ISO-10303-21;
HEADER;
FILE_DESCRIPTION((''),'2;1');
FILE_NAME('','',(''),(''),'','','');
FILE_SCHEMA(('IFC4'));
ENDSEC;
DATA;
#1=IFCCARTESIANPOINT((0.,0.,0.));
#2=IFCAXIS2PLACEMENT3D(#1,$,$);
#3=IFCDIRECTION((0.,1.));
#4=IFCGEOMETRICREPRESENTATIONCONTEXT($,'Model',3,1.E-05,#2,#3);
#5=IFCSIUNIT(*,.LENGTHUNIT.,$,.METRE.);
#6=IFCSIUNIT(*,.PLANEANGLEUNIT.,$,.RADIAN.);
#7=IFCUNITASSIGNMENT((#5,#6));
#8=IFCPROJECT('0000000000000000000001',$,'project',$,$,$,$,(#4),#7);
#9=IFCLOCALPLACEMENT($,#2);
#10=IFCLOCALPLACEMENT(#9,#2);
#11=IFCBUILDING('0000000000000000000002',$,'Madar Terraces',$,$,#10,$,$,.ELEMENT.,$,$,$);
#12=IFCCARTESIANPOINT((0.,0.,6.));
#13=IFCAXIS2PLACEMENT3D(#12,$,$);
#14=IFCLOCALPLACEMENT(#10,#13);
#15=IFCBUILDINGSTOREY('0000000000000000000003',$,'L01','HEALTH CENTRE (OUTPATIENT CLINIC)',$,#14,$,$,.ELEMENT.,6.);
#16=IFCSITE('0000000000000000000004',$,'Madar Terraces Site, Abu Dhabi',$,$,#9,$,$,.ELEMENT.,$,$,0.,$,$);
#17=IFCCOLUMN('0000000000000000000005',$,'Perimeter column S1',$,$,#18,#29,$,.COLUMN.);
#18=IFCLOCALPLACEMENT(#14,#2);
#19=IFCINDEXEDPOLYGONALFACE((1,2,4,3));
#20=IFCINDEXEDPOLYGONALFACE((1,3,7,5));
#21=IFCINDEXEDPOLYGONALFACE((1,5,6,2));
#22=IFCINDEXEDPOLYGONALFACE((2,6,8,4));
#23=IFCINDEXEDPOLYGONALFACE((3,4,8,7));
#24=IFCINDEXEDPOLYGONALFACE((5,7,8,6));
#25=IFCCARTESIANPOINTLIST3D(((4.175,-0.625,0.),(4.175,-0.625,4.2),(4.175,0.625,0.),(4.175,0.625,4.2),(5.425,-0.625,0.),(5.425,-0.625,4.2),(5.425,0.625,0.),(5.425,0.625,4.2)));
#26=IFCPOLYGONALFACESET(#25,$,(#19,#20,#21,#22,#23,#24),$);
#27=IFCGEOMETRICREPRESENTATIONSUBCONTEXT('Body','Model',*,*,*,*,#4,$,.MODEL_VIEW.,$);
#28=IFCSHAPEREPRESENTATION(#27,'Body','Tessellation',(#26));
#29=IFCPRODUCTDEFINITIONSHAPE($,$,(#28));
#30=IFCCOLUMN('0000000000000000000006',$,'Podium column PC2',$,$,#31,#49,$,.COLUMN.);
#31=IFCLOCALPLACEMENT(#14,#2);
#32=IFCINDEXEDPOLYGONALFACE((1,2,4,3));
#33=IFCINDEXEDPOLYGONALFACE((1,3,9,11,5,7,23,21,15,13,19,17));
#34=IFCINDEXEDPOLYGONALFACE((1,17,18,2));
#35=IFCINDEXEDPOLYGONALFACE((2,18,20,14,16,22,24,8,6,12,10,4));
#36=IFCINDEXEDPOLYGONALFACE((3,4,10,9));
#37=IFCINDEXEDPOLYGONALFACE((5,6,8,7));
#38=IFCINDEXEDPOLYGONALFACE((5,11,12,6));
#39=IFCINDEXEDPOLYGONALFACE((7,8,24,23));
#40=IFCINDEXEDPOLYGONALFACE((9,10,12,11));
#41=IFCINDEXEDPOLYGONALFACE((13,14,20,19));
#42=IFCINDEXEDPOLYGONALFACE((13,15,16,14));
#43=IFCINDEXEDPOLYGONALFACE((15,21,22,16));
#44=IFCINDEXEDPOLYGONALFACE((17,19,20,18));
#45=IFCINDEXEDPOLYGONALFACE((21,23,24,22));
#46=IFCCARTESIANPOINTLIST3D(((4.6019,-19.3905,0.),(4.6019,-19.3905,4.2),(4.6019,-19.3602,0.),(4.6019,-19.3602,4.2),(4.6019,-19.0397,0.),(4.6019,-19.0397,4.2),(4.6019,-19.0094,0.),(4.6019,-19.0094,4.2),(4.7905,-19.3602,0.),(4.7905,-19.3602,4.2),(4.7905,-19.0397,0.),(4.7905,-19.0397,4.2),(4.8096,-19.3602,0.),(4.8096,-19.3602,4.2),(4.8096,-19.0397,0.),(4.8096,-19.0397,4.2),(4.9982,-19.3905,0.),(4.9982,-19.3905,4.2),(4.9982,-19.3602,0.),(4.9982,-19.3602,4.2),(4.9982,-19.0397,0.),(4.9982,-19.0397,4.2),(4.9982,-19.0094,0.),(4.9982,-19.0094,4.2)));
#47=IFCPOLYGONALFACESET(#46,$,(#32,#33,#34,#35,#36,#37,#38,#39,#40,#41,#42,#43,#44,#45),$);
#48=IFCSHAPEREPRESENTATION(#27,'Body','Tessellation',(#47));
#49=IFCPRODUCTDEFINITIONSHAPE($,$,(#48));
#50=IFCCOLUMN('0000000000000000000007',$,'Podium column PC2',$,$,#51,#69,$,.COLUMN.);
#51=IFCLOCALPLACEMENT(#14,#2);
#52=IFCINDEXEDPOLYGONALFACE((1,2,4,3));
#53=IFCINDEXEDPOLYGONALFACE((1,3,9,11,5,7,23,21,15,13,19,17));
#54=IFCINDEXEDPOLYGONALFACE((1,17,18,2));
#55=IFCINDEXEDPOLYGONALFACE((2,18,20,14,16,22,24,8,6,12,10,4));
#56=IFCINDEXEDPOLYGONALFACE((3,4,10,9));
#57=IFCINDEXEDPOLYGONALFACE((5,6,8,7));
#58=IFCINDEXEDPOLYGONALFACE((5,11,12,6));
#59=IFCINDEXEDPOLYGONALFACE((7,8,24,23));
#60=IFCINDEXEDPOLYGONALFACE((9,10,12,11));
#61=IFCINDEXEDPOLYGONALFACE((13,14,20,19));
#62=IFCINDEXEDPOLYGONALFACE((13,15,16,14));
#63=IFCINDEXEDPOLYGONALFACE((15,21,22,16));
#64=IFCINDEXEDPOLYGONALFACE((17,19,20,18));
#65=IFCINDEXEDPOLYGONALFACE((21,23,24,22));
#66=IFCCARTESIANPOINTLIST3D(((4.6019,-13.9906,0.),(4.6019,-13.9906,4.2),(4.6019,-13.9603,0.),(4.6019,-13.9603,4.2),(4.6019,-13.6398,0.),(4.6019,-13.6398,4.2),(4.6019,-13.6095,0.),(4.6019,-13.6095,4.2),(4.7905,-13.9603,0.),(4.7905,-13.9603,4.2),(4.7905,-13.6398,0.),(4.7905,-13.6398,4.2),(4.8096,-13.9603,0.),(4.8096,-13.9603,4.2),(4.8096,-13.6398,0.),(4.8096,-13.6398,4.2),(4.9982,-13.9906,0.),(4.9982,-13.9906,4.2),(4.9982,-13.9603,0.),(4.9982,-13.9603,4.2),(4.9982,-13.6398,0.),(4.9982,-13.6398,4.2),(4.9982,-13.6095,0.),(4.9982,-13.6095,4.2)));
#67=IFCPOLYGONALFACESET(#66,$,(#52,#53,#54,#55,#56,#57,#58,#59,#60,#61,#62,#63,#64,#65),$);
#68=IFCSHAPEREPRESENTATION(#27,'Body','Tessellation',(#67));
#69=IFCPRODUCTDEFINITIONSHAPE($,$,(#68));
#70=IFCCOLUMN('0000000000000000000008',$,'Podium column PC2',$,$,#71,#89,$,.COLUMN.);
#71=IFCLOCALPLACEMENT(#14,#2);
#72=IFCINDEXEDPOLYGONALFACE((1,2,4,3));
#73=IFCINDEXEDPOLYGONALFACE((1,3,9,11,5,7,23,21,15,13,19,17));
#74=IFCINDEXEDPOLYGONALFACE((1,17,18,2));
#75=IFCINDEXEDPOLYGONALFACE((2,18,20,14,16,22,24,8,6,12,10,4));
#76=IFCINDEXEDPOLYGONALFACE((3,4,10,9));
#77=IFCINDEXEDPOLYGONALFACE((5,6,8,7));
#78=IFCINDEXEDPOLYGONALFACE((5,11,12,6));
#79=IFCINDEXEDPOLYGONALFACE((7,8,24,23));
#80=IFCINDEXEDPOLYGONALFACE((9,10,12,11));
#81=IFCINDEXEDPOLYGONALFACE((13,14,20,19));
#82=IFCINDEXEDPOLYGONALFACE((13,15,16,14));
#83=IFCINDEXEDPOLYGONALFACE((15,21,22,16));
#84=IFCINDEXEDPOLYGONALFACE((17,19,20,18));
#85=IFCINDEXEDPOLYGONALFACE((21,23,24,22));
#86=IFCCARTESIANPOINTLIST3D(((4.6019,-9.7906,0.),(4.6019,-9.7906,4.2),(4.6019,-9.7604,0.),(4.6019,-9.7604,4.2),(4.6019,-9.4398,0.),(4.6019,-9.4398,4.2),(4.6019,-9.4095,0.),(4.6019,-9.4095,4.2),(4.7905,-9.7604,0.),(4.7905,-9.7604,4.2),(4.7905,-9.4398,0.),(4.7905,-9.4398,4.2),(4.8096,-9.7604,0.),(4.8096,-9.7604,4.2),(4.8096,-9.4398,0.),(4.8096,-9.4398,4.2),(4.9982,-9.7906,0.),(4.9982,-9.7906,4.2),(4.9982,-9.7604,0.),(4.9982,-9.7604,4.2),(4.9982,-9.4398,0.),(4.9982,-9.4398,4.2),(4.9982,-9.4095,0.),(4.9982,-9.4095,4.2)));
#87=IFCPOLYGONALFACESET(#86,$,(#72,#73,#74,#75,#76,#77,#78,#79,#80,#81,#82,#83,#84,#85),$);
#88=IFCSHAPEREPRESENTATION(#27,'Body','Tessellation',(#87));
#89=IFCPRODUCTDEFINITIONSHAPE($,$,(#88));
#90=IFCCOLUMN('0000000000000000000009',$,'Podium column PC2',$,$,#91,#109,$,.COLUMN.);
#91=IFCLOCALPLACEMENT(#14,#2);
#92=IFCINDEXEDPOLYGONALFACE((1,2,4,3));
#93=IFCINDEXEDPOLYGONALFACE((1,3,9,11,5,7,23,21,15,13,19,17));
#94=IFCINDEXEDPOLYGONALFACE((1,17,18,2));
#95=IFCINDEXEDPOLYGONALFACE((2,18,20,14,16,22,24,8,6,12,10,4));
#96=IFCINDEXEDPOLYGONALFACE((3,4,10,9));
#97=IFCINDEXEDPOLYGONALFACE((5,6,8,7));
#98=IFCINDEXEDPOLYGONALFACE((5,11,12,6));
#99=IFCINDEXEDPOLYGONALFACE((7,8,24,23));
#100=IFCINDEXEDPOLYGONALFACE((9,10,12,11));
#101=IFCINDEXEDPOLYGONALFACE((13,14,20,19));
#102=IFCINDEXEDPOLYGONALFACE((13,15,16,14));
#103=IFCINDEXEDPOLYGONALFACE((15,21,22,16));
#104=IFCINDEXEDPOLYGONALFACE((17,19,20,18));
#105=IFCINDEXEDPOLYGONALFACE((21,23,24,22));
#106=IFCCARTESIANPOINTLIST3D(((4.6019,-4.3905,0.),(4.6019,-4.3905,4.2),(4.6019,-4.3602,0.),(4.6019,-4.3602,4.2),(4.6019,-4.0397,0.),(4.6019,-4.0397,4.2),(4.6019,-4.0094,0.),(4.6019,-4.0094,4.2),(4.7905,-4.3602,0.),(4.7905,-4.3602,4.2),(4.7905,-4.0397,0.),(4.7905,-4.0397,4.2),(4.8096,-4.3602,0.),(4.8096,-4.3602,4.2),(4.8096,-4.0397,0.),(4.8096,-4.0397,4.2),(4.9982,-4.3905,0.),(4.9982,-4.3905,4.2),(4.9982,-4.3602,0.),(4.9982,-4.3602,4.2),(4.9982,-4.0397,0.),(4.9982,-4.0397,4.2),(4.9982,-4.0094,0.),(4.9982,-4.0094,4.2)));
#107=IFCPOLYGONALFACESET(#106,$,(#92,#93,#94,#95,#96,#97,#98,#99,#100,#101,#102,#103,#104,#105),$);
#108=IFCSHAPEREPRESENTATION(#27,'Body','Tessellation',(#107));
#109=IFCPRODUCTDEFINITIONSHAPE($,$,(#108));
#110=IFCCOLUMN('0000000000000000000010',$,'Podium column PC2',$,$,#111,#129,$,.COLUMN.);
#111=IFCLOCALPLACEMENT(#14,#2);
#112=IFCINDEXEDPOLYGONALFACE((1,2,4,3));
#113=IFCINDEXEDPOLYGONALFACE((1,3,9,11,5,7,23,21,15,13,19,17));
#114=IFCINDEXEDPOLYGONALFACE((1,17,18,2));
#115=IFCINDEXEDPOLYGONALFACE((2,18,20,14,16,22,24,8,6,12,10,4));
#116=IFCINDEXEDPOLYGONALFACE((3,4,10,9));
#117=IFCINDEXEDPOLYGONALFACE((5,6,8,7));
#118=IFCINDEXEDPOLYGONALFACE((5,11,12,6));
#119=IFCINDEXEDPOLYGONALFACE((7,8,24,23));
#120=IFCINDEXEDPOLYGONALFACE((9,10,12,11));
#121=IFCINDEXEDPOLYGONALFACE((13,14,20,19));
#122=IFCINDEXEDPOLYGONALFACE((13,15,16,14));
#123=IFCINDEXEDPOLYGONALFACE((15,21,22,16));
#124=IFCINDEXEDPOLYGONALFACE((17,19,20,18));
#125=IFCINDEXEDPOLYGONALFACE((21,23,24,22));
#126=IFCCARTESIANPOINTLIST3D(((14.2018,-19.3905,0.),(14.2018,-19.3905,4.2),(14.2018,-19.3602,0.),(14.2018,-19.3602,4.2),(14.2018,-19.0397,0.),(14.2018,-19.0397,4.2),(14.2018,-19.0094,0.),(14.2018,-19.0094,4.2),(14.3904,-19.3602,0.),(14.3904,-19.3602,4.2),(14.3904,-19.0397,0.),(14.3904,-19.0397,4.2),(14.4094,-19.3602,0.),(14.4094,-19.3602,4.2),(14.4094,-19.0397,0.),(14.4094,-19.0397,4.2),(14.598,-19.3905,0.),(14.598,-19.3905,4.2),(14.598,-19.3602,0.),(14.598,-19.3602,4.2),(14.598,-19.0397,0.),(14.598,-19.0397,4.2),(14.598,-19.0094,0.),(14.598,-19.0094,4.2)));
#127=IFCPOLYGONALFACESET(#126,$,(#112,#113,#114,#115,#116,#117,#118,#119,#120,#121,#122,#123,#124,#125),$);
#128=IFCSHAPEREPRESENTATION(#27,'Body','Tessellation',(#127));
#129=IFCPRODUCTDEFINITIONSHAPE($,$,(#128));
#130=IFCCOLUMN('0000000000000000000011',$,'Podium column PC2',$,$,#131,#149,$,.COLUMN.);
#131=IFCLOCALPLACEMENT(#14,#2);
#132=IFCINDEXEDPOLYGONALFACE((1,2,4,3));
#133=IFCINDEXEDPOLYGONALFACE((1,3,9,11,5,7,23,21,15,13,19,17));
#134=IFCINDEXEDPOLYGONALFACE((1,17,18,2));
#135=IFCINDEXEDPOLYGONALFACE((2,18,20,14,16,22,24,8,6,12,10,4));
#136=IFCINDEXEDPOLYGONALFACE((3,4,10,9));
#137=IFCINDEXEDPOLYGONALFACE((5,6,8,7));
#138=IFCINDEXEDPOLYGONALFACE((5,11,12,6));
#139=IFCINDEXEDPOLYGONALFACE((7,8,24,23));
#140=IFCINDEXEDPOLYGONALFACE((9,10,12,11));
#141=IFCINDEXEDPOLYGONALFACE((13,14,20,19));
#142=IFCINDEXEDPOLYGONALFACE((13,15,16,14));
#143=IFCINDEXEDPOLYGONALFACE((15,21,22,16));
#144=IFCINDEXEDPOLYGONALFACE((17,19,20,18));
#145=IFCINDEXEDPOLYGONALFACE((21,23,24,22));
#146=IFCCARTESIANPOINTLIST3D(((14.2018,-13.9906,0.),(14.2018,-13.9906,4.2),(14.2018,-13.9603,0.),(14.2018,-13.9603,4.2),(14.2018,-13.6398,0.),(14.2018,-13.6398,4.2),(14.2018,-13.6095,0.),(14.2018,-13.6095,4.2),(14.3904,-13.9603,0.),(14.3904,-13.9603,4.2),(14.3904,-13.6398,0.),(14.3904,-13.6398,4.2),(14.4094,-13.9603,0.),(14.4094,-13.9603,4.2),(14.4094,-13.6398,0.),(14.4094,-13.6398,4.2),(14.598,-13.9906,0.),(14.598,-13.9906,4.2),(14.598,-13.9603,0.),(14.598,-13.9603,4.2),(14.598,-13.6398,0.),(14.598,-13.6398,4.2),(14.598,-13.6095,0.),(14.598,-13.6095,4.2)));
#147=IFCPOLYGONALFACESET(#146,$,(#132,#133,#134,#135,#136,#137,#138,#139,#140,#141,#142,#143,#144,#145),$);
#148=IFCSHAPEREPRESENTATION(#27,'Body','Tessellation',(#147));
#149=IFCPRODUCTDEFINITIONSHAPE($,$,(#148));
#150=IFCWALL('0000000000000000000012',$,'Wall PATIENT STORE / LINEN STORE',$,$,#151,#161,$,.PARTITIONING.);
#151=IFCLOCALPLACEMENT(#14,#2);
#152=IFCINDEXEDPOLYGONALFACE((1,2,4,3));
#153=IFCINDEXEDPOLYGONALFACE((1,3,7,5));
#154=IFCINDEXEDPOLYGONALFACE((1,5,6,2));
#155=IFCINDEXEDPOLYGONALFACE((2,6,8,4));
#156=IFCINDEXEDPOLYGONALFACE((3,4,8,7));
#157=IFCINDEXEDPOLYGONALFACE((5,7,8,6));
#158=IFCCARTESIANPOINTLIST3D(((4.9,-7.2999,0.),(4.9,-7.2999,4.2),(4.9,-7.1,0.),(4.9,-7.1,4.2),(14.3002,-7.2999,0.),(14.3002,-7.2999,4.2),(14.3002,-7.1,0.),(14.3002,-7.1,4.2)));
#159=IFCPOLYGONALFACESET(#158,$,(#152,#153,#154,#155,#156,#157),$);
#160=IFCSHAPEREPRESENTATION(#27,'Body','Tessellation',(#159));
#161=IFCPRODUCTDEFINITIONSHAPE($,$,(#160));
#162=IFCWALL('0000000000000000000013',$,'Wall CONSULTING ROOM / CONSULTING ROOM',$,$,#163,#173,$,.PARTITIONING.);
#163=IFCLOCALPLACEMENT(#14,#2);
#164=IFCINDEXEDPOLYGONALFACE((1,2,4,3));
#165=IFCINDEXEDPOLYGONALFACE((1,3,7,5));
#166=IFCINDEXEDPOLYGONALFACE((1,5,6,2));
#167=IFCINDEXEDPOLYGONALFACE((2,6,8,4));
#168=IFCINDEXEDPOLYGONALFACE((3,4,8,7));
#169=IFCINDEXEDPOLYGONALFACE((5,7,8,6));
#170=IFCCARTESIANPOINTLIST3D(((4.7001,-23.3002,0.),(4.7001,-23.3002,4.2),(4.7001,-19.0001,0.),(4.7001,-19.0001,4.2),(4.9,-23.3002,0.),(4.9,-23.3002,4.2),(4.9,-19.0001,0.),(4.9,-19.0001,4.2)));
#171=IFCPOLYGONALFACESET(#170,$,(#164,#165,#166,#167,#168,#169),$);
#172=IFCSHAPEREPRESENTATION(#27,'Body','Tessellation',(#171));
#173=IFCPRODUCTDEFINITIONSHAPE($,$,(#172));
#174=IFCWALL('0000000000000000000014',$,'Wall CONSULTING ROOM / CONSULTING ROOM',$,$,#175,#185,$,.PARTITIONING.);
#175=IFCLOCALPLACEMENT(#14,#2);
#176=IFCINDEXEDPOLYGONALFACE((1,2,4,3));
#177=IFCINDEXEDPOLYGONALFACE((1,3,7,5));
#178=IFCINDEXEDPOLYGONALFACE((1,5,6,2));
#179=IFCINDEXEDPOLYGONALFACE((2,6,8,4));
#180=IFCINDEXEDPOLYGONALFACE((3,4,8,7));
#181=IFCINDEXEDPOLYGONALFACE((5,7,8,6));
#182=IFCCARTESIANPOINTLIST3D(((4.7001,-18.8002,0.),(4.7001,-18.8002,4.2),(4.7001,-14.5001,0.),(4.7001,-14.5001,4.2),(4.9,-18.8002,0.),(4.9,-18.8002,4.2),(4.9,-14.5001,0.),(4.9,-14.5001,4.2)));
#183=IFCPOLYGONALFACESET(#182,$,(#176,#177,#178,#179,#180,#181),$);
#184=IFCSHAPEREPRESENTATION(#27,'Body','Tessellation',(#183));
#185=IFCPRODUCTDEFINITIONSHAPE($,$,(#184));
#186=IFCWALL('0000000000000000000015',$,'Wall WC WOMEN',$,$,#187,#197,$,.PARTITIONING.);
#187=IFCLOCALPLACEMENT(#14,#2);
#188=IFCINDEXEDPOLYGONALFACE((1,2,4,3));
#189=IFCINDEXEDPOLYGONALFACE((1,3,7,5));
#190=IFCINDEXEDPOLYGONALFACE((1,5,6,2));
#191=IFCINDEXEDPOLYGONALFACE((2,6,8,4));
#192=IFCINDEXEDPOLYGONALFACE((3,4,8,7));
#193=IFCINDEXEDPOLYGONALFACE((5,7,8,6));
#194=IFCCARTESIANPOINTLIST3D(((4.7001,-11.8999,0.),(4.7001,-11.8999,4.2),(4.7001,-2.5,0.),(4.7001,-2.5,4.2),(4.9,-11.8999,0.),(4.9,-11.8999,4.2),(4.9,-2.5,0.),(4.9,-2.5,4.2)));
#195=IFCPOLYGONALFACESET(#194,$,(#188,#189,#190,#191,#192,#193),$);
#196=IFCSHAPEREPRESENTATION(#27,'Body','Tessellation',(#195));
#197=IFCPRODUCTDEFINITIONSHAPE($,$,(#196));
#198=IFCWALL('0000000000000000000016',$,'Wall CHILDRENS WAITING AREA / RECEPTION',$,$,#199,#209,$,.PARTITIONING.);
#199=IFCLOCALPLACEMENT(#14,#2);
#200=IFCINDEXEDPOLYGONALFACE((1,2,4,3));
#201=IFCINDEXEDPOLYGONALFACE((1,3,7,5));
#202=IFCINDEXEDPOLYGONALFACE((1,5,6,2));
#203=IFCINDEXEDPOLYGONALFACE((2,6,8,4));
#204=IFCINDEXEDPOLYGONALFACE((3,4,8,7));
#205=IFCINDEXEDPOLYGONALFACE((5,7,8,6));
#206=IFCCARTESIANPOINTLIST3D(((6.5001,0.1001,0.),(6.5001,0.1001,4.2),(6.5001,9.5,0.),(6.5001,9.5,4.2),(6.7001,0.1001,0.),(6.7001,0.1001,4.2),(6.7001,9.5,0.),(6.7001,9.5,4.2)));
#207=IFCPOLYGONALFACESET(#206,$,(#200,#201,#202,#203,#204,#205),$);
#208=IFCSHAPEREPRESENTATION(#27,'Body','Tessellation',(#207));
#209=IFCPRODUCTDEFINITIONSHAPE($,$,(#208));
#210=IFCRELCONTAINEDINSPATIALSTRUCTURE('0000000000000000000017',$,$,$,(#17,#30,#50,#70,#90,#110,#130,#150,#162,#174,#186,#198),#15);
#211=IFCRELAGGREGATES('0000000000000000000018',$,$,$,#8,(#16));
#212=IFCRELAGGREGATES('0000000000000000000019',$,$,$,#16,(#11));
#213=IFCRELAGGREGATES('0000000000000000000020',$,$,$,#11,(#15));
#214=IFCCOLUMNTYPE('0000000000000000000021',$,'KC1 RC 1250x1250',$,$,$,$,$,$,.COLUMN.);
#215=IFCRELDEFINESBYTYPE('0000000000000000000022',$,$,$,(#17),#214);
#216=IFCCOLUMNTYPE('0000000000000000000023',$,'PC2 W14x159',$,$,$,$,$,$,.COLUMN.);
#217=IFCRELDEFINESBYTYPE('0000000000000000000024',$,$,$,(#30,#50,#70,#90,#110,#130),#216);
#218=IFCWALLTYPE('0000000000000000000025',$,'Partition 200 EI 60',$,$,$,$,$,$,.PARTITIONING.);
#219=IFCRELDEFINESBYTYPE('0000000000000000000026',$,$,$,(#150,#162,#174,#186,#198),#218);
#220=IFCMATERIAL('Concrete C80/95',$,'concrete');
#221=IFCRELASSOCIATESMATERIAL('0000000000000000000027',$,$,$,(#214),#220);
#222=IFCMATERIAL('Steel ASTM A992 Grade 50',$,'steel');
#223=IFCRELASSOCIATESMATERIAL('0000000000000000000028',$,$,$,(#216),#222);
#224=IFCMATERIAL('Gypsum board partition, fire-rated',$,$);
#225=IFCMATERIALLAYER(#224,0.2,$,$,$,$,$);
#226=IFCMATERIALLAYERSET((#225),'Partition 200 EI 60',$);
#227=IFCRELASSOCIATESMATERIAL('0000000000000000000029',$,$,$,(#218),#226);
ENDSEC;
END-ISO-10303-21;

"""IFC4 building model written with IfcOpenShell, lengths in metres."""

from ifc_helpers import new_model, si_unit, direction, frame, frame_2d, origin, origin_2d, place, context, subcontext, project, spatial, rectangle, i_section, extrude, material, layer, layer_set, material_profile, profile_set, type_object, element, save


model = new_model("IFC4")

# Units and contexts
model_context = context("Model", 3, precision=1e-05, world=origin(), true_north=direction((0.0, 1.0)))
body_context = subcontext(model_context, "Body", "Model", "MODEL_VIEW")
ifc_project = project(units=[si_unit("LENGTHUNIT", "METRE"), si_unit("PLANEANGLEUNIT", "RADIAN")], contexts=[model_context])

# Site, building, storey
site_placement = place(None, origin())
site = spatial("IfcSite", under=ifc_project, at=site_placement, Name="Madar Terraces Site, Abu Dhabi", CompositionType="ELEMENT", RefElevation=0.0)
building_placement = place(site_placement, origin())
building = spatial("IfcBuilding", under=site, at=building_placement, Name="Madar Terraces", CompositionType="ELEMENT")
storey_placement = place(building_placement, frame((0.0, 0.0, 6.0)))
storey = spatial("IfcBuildingStorey", under=building, at=storey_placement, Name="L01", Description="HEALTH CENTRE (OUTPATIENT CLINIC)", CompositionType="ELEMENT", Elevation=6.0)

# Columns
ifc_material_1 = material(Name="Concrete C80/95", Category="concrete")
ifc_material_profile_1 = material_profile(ifc_material_1, rectangle(XDim=1.25, YDim=1.25, at=origin_2d()), Name="KC1 RC 1250x1250")
ifc_profile_set_1 = profile_set([ifc_material_profile_1], Name="Concrete C80/95")
column_type_1 = type_object("IfcColumnType", Name="KC1 RC 1250x1250", PredefinedType="COLUMN", material=ifc_profile_set_1)
column_placement = place(storey_placement, frame((4.8, 0.0, 0.0), z_axis=(0.0, 0.0, 1.0), x_axis=(1.0, 0.0, 0.0)))
element("IfcColumn", 1, at=column_placement, inside=storey, type_object=column_type_1, Name="Perimeter column S1", PredefinedType="COLUMN", context=body_context, shape_type="SweptSolid", body=[
    extrude(rectangle(XDim=1.25, YDim=1.25, at=origin_2d()), origin(), (0.0, 0.0, 1.0), 4.2),
])
ifc_material_2 = material(Name="Steel ASTM A992 Grade 50", Category="steel")
ifc_material_profile_2 = material_profile(ifc_material_2, i_section(OverallWidth=0.3962, OverallDepth=0.3811, WebThickness=0.019, FlangeThickness=0.0303, at=origin_2d()), Name="W14x159")
ifc_profile_set_2 = profile_set([ifc_material_profile_2], Name="Steel ASTM A992 Grade 50")
column_type_2 = type_object("IfcColumnType", Name="PC2 W14x159", PredefinedType="COLUMN", material=ifc_profile_set_2)
for number, where, z_axis, x_axis, name in (
    (2, (4.8, -19.2, 0.0), (0.0, 0.0, 1.0), (1.0, 0.0, 0.0), "Podium column PC2"),
    (3, (4.8, -13.8, 0.0), (0.0, 0.0, 1.0), (1.0, 0.0, 0.0), "Podium column PC2"),
    (4, (4.8, -9.6001, 0.0), (0.0, 0.0, 1.0), (1.0, 0.0, 0.0), "Podium column PC2"),
    (5, (4.8, -4.2, 0.0), (0.0, 0.0, 1.0), (1.0, 0.0, 0.0), "Podium column PC2"),
    (6, (14.3999, -19.2, 0.0), (0.0, 0.0, 1.0), (1.0, 0.0, 0.0), "Podium column PC2"),
    (7, (14.3999, -13.8, 0.0), (0.0, 0.0, 1.0), (1.0, 0.0, 0.0), "Podium column PC2"),
):
    element("IfcColumn", number, at=place(storey_placement, frame(where, z_axis=z_axis, x_axis=x_axis)), inside=storey, type_object=column_type_2, Name=name, PredefinedType="COLUMN", context=body_context, shape_type="SweptSolid", body=[
        extrude(i_section(OverallWidth=0.3962, OverallDepth=0.3811, WebThickness=0.019, FlangeThickness=0.0303, at=origin_2d()), origin(), (0.0, 0.0, 1.0), 4.2),
    ])

# Walls
ifc_material_3 = material(Name="Gypsum board partition, fire-rated")
ifc_layer = layer(ifc_material_3, 0.2)
ifc_layer_set = layer_set([ifc_layer], Name="Partition 200 EI 60")
wall_type = type_object("IfcWallType", Name="Partition 200 EI 60", PredefinedType="PARTITIONING", material=ifc_layer_set)
wall_1_placement = place(storey_placement, frame((4.8999, -7.2, 0.0), z_axis=(0.0, 0.0, 1.0), x_axis=(1.0, 0.0, 0.0)))
element("IfcWall", 8, at=wall_1_placement, inside=storey, type_object=wall_type, Name="Wall PATIENT STORE / LINEN STORE", PredefinedType="PARTITIONING", context=body_context, shape_type="SweptSolid", body=[
    extrude(rectangle(XDim=9.4001, YDim=0.2, at=frame_2d((4.7002, 0.0))), origin(), (0.0, 0.0, 1.0), 4.2),
])
for number, where, z_axis, x_axis, name in (
    (9, (4.8, -23.3, 0.0), (0.0, 0.0, 1.0), (0.0, 1.0, 0.0), "Wall CONSULTING ROOM / CONSULTING ROOM"),
    (10, (4.8, -18.8, 0.0), (0.0, 0.0, 1.0), (0.0, 1.0, 0.0), "Wall CONSULTING ROOM / CONSULTING ROOM"),
):
    element("IfcWall", number, at=place(storey_placement, frame(where, z_axis=z_axis, x_axis=x_axis)), inside=storey, type_object=wall_type, Name=name, PredefinedType="PARTITIONING", context=body_context, shape_type="SweptSolid", body=[
        extrude(rectangle(XDim=4.3, YDim=0.2, at=frame_2d((2.1499, 0.0))), origin(), (0.0, 0.0, 1.0), 4.2),
    ])
for number, where, z_axis, x_axis, name in (
    (11, (4.8, -11.8999, 0.0), (0.0, 0.0, 1.0), (0.0, 1.0, 0.0), "Wall WC WOMEN"),
    (12, (6.6001, 0.1001, 0.0), (0.0, 0.0, 1.0), (0.0, 1.0, 0.0), "Wall CHILDRENS WAITING AREA / RECEPTION"),
):
    element("IfcWall", number, at=place(storey_placement, frame(where, z_axis=z_axis, x_axis=x_axis)), inside=storey, type_object=wall_type, Name=name, PredefinedType="PARTITIONING", context=body_context, shape_type="SweptSolid", body=[
        extrude(rectangle(XDim=9.3999, YDim=0.2, at=frame_2d((4.7, 0.0))), origin(), (0.0, 0.0, 1.0), 4.2),
    ])

save(model, "model.ifc")
